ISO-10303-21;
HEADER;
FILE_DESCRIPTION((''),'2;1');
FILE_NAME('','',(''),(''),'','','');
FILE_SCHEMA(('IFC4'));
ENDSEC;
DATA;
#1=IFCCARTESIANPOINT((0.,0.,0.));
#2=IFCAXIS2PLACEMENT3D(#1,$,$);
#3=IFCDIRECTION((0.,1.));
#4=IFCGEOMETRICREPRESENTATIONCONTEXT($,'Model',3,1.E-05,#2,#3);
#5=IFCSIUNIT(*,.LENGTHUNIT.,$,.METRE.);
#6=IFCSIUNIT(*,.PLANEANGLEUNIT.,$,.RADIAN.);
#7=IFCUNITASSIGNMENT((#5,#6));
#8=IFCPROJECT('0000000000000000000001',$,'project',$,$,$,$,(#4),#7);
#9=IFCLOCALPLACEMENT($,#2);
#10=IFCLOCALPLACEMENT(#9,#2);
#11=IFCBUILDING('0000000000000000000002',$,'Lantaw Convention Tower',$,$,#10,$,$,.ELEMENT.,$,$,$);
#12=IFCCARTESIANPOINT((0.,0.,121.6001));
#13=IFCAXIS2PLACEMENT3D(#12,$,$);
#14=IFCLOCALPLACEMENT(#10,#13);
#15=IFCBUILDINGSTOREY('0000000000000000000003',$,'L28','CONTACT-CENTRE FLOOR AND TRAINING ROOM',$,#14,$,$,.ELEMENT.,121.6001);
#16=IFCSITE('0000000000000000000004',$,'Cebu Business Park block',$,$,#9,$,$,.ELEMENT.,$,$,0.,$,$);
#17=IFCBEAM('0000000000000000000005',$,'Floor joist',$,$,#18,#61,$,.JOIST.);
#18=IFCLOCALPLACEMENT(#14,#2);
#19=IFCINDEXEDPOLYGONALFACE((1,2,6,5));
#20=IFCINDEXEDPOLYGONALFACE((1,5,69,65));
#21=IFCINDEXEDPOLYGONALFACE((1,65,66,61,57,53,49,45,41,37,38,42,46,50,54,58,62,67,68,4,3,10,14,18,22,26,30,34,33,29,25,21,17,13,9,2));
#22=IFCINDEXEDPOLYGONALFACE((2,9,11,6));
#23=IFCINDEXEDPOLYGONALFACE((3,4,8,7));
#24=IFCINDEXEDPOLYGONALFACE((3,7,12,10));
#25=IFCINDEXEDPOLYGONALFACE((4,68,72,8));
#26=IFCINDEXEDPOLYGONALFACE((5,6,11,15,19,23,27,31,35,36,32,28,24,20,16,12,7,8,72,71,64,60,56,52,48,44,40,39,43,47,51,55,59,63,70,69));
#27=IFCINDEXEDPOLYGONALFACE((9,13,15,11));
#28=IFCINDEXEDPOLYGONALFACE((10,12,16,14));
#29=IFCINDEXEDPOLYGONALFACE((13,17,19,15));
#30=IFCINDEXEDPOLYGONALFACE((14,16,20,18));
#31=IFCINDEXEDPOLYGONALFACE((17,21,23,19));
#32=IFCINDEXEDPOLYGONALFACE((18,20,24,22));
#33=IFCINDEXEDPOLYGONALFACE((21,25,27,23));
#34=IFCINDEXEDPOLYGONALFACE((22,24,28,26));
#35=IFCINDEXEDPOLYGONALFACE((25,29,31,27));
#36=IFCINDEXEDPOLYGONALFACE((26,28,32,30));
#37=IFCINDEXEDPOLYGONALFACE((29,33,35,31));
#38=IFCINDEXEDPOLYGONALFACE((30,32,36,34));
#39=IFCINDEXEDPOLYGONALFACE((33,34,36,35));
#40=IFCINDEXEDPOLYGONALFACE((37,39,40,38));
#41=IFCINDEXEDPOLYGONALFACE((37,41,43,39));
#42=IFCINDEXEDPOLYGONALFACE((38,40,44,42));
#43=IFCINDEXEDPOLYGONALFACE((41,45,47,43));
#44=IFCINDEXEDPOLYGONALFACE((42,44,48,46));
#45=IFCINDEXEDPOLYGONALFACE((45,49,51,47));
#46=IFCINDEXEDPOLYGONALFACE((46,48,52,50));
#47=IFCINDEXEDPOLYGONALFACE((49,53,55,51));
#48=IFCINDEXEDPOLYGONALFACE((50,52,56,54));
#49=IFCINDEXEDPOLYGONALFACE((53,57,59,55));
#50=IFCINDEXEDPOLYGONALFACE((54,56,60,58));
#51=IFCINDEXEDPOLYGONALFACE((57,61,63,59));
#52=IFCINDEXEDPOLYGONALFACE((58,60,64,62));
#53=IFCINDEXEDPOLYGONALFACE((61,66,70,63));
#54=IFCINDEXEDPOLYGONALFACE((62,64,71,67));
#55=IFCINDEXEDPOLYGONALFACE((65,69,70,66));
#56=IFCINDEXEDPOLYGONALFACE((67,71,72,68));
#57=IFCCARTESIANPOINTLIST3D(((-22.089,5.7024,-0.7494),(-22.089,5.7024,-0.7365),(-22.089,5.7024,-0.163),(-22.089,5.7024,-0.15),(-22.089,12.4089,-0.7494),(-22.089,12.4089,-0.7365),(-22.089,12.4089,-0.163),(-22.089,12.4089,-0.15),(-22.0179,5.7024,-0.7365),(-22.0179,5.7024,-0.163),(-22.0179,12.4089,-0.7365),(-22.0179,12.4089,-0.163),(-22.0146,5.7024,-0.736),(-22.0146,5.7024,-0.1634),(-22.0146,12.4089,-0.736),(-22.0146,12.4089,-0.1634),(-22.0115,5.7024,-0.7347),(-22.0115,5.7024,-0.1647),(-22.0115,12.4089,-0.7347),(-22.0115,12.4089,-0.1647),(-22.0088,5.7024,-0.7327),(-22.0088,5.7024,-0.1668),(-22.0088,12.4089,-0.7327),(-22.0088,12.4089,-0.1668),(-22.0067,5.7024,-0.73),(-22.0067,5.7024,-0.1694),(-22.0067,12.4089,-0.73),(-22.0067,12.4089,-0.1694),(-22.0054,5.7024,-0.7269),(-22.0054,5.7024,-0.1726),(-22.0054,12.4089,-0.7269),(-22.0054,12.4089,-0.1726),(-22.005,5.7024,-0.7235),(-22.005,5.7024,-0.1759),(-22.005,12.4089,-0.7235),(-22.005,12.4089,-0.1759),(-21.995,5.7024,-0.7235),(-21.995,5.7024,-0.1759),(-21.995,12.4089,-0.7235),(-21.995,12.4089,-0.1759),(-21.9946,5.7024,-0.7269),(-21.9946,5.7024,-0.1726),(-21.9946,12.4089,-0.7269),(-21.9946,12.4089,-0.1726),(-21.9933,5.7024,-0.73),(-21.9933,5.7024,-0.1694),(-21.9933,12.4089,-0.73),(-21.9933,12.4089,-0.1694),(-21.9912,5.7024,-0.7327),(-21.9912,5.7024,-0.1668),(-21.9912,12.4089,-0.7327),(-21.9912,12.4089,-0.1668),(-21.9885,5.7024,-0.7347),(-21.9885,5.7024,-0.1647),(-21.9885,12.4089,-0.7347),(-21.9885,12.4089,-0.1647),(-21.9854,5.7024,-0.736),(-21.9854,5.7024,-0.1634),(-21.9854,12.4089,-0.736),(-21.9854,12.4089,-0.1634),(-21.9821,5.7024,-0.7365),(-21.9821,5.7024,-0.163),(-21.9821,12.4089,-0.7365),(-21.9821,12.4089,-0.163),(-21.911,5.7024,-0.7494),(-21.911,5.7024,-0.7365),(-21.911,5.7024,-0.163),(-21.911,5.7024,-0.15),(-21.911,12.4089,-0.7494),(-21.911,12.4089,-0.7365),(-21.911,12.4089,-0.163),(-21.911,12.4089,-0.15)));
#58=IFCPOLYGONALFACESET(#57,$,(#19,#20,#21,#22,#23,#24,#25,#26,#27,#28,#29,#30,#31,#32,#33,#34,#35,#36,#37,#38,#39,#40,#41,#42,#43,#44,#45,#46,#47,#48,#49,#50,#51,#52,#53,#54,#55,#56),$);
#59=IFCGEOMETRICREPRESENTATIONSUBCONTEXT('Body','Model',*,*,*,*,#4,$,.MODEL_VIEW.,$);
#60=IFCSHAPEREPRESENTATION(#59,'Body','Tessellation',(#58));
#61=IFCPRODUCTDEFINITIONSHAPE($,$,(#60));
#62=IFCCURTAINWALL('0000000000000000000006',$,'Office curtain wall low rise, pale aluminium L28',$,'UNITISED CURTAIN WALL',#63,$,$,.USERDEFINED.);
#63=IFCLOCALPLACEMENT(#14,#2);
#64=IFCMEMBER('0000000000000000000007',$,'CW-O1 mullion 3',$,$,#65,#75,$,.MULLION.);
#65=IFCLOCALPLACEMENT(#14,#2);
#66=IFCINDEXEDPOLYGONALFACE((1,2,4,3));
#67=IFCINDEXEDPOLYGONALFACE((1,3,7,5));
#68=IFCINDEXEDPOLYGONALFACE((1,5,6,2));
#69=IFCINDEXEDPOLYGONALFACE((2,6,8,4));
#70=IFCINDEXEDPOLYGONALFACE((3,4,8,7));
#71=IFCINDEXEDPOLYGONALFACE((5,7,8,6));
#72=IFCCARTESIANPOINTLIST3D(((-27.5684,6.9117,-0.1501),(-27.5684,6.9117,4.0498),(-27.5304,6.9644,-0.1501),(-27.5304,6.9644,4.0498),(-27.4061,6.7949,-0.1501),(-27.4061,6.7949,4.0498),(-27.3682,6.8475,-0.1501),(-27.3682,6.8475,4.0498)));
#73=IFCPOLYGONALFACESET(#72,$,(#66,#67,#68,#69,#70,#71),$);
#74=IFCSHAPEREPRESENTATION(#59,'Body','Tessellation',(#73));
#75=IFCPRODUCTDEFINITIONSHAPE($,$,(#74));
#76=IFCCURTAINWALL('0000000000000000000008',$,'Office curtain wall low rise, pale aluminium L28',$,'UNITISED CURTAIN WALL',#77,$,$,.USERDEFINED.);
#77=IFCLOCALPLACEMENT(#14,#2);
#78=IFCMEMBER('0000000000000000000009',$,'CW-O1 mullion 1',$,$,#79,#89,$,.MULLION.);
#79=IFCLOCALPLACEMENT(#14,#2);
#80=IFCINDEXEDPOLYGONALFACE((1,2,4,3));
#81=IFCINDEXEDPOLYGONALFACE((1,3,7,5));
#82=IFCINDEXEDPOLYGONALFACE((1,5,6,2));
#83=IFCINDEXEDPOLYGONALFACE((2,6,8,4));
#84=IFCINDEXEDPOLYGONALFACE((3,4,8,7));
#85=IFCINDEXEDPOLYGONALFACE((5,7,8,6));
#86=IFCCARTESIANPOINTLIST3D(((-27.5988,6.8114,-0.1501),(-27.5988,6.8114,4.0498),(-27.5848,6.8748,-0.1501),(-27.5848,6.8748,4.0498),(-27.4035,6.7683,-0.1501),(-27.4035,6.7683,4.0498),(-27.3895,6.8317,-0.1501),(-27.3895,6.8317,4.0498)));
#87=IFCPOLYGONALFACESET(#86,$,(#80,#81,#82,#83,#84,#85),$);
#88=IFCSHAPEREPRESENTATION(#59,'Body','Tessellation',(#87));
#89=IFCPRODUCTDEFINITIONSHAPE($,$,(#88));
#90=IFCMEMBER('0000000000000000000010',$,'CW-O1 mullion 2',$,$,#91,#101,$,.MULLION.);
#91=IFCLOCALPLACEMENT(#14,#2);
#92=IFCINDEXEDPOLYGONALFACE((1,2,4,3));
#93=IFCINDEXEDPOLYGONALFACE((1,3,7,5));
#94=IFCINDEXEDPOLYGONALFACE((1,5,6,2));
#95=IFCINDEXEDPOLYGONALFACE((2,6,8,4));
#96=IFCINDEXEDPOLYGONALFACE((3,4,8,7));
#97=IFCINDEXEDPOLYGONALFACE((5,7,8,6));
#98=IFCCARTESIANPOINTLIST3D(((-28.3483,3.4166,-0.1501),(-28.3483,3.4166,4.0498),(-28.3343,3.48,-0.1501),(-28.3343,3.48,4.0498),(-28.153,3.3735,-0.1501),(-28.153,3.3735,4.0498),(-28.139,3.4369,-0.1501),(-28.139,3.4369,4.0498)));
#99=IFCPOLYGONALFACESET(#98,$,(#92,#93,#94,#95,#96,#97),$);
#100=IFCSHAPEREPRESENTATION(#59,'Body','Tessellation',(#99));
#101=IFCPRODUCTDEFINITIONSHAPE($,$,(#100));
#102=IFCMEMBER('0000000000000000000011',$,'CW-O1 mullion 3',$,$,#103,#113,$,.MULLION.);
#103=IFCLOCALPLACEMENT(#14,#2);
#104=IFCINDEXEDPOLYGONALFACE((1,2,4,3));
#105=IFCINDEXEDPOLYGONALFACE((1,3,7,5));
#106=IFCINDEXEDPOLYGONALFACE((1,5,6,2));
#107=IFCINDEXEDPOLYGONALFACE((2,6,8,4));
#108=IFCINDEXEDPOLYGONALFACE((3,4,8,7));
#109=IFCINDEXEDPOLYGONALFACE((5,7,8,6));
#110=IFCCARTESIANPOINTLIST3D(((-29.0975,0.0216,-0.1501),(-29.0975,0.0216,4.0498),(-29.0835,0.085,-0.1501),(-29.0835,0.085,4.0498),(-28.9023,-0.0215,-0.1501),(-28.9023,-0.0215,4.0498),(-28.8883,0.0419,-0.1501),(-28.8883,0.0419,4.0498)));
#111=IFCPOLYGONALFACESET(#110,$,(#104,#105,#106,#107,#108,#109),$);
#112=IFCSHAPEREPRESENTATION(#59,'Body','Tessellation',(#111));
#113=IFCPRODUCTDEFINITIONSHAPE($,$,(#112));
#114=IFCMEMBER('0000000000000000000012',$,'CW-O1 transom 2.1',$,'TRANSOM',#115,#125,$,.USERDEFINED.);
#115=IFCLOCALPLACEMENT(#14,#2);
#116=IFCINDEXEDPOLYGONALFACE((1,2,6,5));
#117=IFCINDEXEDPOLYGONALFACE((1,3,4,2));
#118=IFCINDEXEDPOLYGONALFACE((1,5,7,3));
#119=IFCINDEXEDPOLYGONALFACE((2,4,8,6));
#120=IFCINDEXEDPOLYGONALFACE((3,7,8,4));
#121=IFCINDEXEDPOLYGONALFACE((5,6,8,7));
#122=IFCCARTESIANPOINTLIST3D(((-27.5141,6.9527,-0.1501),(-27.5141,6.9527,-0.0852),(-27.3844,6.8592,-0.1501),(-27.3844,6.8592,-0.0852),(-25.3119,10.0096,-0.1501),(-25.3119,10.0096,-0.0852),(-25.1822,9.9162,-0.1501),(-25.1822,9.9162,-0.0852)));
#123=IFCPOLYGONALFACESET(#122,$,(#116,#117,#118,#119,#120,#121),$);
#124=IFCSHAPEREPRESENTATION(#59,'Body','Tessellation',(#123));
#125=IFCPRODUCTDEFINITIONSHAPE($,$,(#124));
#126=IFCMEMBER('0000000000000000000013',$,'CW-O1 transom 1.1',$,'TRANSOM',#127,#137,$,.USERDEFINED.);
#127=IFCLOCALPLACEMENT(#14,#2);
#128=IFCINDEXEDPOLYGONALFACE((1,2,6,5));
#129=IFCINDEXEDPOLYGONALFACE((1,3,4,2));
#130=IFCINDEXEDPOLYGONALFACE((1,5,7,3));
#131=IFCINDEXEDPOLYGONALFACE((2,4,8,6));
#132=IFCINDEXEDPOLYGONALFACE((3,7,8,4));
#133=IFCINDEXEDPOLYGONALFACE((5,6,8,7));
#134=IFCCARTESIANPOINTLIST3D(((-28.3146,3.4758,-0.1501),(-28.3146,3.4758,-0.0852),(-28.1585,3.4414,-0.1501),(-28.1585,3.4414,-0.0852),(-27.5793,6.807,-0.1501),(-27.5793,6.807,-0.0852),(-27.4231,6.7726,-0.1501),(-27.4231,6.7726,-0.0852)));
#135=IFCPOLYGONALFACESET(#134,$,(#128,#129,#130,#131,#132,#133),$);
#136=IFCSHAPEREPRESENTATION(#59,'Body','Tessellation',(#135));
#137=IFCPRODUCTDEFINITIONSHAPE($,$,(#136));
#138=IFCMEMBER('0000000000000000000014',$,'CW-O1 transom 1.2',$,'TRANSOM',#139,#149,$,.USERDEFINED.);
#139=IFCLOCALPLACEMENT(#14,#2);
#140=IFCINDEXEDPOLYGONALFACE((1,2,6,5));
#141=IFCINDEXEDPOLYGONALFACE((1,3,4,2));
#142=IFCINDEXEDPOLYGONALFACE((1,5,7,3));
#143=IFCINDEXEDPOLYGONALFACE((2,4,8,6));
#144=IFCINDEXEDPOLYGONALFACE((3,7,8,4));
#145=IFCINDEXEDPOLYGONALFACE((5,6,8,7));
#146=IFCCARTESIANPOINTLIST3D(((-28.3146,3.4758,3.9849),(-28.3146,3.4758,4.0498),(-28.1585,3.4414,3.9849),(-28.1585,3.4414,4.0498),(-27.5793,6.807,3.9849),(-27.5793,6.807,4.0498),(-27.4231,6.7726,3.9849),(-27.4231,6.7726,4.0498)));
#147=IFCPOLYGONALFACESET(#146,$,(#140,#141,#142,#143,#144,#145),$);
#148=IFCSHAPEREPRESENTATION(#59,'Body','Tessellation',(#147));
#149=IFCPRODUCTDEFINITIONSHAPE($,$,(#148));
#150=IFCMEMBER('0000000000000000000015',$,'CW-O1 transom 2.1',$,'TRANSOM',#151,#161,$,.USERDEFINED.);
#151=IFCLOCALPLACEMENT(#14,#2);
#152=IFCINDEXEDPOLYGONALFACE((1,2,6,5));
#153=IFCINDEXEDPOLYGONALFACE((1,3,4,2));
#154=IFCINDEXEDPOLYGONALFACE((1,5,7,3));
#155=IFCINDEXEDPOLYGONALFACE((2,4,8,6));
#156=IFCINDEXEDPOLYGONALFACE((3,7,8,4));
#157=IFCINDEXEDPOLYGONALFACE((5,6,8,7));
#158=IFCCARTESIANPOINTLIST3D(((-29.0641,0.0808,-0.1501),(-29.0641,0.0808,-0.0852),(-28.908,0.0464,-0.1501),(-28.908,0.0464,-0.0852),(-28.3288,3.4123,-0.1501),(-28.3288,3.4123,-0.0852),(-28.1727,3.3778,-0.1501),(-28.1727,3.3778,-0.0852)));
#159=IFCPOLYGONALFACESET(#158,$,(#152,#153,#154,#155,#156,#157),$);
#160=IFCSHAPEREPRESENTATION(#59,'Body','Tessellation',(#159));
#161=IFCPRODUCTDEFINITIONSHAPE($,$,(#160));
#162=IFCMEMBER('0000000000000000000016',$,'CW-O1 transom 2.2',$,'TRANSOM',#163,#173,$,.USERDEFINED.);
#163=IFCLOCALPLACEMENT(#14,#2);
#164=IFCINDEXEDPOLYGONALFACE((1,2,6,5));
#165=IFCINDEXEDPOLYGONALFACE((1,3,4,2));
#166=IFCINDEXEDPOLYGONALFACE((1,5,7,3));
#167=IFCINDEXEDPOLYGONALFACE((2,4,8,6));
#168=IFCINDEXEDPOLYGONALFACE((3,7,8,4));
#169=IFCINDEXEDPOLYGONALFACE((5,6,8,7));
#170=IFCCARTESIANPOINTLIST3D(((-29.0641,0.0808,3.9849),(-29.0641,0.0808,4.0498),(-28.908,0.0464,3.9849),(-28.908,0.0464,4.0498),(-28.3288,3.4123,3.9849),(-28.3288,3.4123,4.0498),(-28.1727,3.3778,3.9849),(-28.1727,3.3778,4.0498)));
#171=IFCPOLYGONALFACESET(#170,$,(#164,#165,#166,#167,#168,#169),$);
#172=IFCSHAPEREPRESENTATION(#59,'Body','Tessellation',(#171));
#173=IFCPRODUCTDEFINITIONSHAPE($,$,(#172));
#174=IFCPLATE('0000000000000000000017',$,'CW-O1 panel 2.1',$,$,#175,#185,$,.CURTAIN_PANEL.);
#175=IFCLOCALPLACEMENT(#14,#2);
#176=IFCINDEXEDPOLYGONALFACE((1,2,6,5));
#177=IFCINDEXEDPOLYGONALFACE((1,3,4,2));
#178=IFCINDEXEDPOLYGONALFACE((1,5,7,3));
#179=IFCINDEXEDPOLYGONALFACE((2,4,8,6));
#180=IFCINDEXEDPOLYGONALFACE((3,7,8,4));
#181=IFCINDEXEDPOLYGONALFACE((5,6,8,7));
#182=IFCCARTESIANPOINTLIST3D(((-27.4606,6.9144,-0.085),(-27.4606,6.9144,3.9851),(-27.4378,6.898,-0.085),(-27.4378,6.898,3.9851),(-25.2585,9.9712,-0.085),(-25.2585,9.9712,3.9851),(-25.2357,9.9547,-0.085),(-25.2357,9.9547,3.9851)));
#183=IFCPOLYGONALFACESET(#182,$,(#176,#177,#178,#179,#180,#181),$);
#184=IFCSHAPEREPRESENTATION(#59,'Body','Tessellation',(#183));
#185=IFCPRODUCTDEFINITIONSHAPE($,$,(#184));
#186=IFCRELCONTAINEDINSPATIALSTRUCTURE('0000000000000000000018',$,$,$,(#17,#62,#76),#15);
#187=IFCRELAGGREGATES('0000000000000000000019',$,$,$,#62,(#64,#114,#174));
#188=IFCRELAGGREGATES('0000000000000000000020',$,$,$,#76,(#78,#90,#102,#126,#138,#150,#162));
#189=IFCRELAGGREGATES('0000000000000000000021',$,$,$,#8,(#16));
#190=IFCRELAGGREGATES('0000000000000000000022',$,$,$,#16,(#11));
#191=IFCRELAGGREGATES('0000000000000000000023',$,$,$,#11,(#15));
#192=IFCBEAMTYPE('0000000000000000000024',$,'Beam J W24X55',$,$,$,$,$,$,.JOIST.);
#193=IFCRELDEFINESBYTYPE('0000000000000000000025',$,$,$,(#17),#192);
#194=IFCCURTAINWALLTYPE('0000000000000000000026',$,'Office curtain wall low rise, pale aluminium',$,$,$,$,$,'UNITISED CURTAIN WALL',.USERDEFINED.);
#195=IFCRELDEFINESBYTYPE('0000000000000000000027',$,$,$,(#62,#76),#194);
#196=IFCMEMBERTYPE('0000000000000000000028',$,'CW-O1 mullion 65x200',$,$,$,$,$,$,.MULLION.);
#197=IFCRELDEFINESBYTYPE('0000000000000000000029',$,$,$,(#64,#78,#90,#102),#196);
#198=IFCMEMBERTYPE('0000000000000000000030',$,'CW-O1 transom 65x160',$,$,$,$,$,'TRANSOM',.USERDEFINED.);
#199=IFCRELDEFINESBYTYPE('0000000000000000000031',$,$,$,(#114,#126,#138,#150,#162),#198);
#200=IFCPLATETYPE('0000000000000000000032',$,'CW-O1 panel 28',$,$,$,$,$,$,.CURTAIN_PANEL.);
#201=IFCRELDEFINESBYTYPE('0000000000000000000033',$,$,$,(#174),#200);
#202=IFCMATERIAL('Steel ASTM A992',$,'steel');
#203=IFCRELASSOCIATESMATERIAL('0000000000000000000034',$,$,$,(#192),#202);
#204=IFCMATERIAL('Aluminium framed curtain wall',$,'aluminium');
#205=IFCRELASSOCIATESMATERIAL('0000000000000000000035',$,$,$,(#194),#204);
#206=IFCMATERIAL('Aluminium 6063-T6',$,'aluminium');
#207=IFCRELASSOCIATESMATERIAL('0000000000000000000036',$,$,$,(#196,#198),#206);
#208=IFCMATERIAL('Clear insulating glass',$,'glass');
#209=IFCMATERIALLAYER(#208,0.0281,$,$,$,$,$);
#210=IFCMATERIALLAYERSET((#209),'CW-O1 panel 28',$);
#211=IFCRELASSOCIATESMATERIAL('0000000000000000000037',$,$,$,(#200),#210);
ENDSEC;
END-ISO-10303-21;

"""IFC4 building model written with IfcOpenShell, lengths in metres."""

from ifc_helpers import new_model, si_unit, direction, frame, origin, origin_2d, place, context, subcontext, project, spatial, rectangle, i_section, extrude, material, layer, layer_set, material_profile, profile_set, type_object, element, aggregate, save


model = new_model("IFC4")

# Units and contexts
model_context = context("Model", 3, precision=1e-05, world=origin(), true_north=direction((0.0, 1.0)))
body_context = subcontext(model_context, "Body", "Model", "MODEL_VIEW")
ifc_project = project(units=[si_unit("LENGTHUNIT", "METRE"), si_unit("PLANEANGLEUNIT", "RADIAN")], contexts=[model_context])

# Site, building, storey
site_placement = place(None, origin())
site = spatial("IfcSite", under=ifc_project, at=site_placement, Name="Cebu Business Park block", CompositionType="ELEMENT", RefElevation=0.0)
building_placement = place(site_placement, origin())
building = spatial("IfcBuilding", under=site, at=building_placement, Name="Lantaw Convention Tower", CompositionType="ELEMENT")
storey_placement = place(building_placement, frame((0.0, 0.0, 121.6001)))
storey = spatial("IfcBuildingStorey", under=building, at=storey_placement, Name="L28", Description="CONTACT-CENTRE FLOOR AND TRAINING ROOM", CompositionType="ELEMENT", Elevation=121.6001)

# Beam
ifc_material_1 = material(Name="Steel ASTM A992", Category="steel")
ifc_material_profile_1 = material_profile(ifc_material_1, i_section(OverallWidth=0.178, OverallDepth=0.5994, WebThickness=0.01, FlangeThickness=0.0129, FilletRadius=0.0129, at=origin_2d()), Name="W24X55")
ifc_profile_set_1 = profile_set([ifc_material_profile_1], Name="Steel ASTM A992")
beam_type_1 = type_object("IfcBeamType", Name="Beam J W24X55", PredefinedType="JOIST", material=ifc_profile_set_1)
beam_1_placement = place(storey_placement, frame((-22.0, 5.7024, -0.4497), z_axis=(0.0, 1.0, 0.0), x_axis=(-1.0, 0.0, 0.0)))
element("IfcBeam", 1, at=beam_1_placement, inside=storey, type_object=beam_type_1, Name="Floor joist", PredefinedType="JOIST", context=body_context, shape_type="SweptSolid", body=[
    extrude(i_section(OverallWidth=0.178, OverallDepth=0.5994, WebThickness=0.01, FlangeThickness=0.0129, FilletRadius=0.0129, at=origin_2d()), origin(), (0.0, 0.0, 1.0), 6.7065),
])

# Curtain wall, member
ifc_material_2 = material(Name="Aluminium framed curtain wall", Category="aluminium")
curtain_wall_type = type_object("IfcCurtainWallType", Name="Office curtain wall low rise, pale aluminium", ElementType="UNITISED CURTAIN WALL", PredefinedType="USERDEFINED", material=ifc_material_2)
curtain_wall_1_placement = place(storey_placement, origin())
curtain_wall_1 = element("IfcCurtainWall", 2, at=curtain_wall_1_placement, inside=storey, type_object=curtain_wall_type, Name="Office curtain wall low rise, pale aluminium L28", ObjectType="UNITISED CURTAIN WALL", PredefinedType="USERDEFINED")
ifc_material_3 = material(Name="Aluminium 6063-T6", Category="aluminium")
ifc_material_profile_2 = material_profile(ifc_material_3, rectangle(XDim=0.2, YDim=0.0649, at=origin_2d()), Name="CW-O1 mullion 65x200")
ifc_profile_set_2 = profile_set([ifc_material_profile_2], Name="Aluminium 6063-T6")
member_type_1 = type_object("IfcMemberType", Name="CW-O1 mullion 65x200", PredefinedType="MULLION", material=ifc_profile_set_2)
member_1_placement = place(storey_placement, frame((-27.4683, 6.8796, -0.1501), z_axis=(0.0, 0.0, 1.0), x_axis=(0.811385, -0.584513, 0.0)))
member_1 = element("IfcMember", 3, at=member_1_placement, type_object=member_type_1, Name="CW-O1 mullion 3", PredefinedType="MULLION", context=body_context, shape_type="SweptSolid", body=[
    extrude(rectangle(XDim=0.2, YDim=0.0649, at=origin_2d()), origin(), (0.0, 0.0, 1.0), 4.2),
])

# Curtain wall, members
curtain_wall_2_placement = place(storey_placement, origin())
curtain_wall_2 = element("IfcCurtainWall", 4, at=curtain_wall_2_placement, inside=storey, type_object=curtain_wall_type, Name="Office curtain wall low rise, pale aluminium L28", ObjectType="UNITISED CURTAIN WALL", PredefinedType="USERDEFINED")
member_2_placement = place(storey_placement, frame((-27.4941, 6.8215, -0.1501), z_axis=(0.0, 0.0, 1.0), x_axis=(0.976494, -0.215546, 0.0)))
member_2 = element("IfcMember", 5, at=member_2_placement, type_object=member_type_1, Name="CW-O1 mullion 1", PredefinedType="MULLION", context=body_context, shape_type="SweptSolid", body=[
    extrude(rectangle(XDim=0.2, YDim=0.0649, at=origin_2d()), origin(), (0.0, 0.0, 1.0), 4.2),
])
member_3_placement = place(storey_placement, frame((-28.2437, 3.4268, -0.1501), z_axis=(0.0, 0.0, 1.0), x_axis=(0.976494, -0.215546, 0.0)))
member_3 = element("IfcMember", 6, at=member_3_placement, type_object=member_type_1, Name="CW-O1 mullion 2", PredefinedType="MULLION", context=body_context, shape_type="SweptSolid", body=[
    extrude(rectangle(XDim=0.2, YDim=0.0649, at=origin_2d()), origin(), (0.0, 0.0, 1.0), 4.2),
])
member_4_placement = place(storey_placement, frame((-28.9929, 0.0317, -0.1501), z_axis=(0.0, 0.0, 1.0), x_axis=(0.976494, -0.215546, 0.0)))
member_4 = element("IfcMember", 7, at=member_4_placement, type_object=member_type_1, Name="CW-O1 mullion 3", PredefinedType="MULLION", context=body_context, shape_type="SweptSolid", body=[
    extrude(rectangle(XDim=0.2, YDim=0.0649, at=origin_2d()), origin(), (0.0, 0.0, 1.0), 4.2),
])

# Members
ifc_material_profile_3 = material_profile(ifc_material_3, rectangle(XDim=0.1599, YDim=0.0649, at=origin_2d()), Name="CW-O1 transom 65x160")
ifc_profile_set_3 = profile_set([ifc_material_profile_3], Name="Aluminium 6063-T6")
member_type_2 = type_object("IfcMemberType", Name="CW-O1 transom 65x160", ElementType="TRANSOM", PredefinedType="USERDEFINED", material=ifc_profile_set_3)
member_5_placement = place(storey_placement, frame((-25.2471, 9.9629, -0.1177), z_axis=(-0.584513, -0.811384, 0.0), x_axis=(0.811384, -0.584513, 0.0)))
member_5 = element("IfcMember", 8, at=member_5_placement, type_object=member_type_2, Name="CW-O1 transom 2.1", ObjectType="TRANSOM", PredefinedType="USERDEFINED", context=body_context, shape_type="SweptSolid", body=[
    extrude(rectangle(XDim=0.1599, YDim=0.0649, at=origin_2d()), origin(), (0.0, 0.0, 1.0), 3.7676),
])
member_6_placement = place(storey_placement, frame((-27.5012, 6.7898, -0.1177), z_axis=(-0.215551, -0.976493, 0.0), x_axis=(0.976493, -0.215551, 0.0)))
member_6 = element("IfcMember", 9, at=member_6_placement, type_object=member_type_2, Name="CW-O1 transom 1.1", ObjectType="TRANSOM", PredefinedType="USERDEFINED", context=body_context, shape_type="SweptSolid", body=[
    extrude(rectangle(XDim=0.1599, YDim=0.0649, at=origin_2d()), origin(), (0.0, 0.0, 1.0), 3.4114),
])
member_7_placement = place(storey_placement, frame((-27.5012, 6.7898, 4.0173), z_axis=(-0.215551, -0.976493, 0.0), x_axis=(0.976493, -0.215551, 0.0)))
member_7 = element("IfcMember", 10, at=member_7_placement, type_object=member_type_2, Name="CW-O1 transom 1.2", ObjectType="TRANSOM", PredefinedType="USERDEFINED", context=body_context, shape_type="SweptSolid", body=[
    extrude(rectangle(XDim=0.1599, YDim=0.0649, at=origin_2d()), origin(), (0.0, 0.0, 1.0), 3.4114),
])
member_8_placement = place(storey_placement, frame((-28.2507, 3.395, -0.1177), z_axis=(-0.215536, -0.976496, 0.0), x_axis=(0.976496, -0.215536, 0.0)))
member_8 = element("IfcMember", 11, at=member_8_placement, type_object=member_type_2, Name="CW-O1 transom 2.1", ObjectType="TRANSOM", PredefinedType="USERDEFINED", context=body_context, shape_type="SweptSolid", body=[
    extrude(rectangle(XDim=0.1599, YDim=0.0649, at=origin_2d()), origin(), (0.0, 0.0, 1.0), 3.4116),
])
member_9_placement = place(storey_placement, frame((-28.2507, 3.395, 4.0173), z_axis=(-0.215536, -0.976496, 0.0), x_axis=(0.976496, -0.215536, 0.0)))
member_9 = element("IfcMember", 12, at=member_9_placement, type_object=member_type_2, Name="CW-O1 transom 2.2", ObjectType="TRANSOM", PredefinedType="USERDEFINED", context=body_context, shape_type="SweptSolid", body=[
    extrude(rectangle(XDim=0.1599, YDim=0.0649, at=origin_2d()), origin(), (0.0, 0.0, 1.0), 3.4116),
])

# Plate
ifc_material_4 = material(Name="Clear insulating glass", Category="glass")
ifc_layer_1 = layer(ifc_material_4, 0.0281)
ifc_layer_set_1 = layer_set([ifc_layer_1], Name="CW-O1 panel 28")
plate_type_1 = type_object("IfcPlateType", Name="CW-O1 panel 28", PredefinedType="CURTAIN_PANEL", material=ifc_layer_set_1)
plate_1_placement = place(storey_placement, frame((-26.3481, 8.4346, -0.085), z_axis=(0.0, 0.0, 1.0), x_axis=(-0.584513, -0.811385, 0.0)))
plate_1 = element("IfcPlate", 13, at=plate_1_placement, type_object=plate_type_1, Name="CW-O1 panel 2.1", PredefinedType="CURTAIN_PANEL", context=body_context, shape_type="SweptSolid", body=[
    extrude(rectangle(XDim=3.7673, YDim=0.0281, at=origin_2d()), origin(), (0.0, 0.0, 1.0), 4.0701),
])
aggregate(curtain_wall_1, [member_1, member_5, plate_1])
aggregate(curtain_wall_2, [member_2, member_3, member_4, member_6, member_7, member_8, member_9])

save(model, "model.ifc")
